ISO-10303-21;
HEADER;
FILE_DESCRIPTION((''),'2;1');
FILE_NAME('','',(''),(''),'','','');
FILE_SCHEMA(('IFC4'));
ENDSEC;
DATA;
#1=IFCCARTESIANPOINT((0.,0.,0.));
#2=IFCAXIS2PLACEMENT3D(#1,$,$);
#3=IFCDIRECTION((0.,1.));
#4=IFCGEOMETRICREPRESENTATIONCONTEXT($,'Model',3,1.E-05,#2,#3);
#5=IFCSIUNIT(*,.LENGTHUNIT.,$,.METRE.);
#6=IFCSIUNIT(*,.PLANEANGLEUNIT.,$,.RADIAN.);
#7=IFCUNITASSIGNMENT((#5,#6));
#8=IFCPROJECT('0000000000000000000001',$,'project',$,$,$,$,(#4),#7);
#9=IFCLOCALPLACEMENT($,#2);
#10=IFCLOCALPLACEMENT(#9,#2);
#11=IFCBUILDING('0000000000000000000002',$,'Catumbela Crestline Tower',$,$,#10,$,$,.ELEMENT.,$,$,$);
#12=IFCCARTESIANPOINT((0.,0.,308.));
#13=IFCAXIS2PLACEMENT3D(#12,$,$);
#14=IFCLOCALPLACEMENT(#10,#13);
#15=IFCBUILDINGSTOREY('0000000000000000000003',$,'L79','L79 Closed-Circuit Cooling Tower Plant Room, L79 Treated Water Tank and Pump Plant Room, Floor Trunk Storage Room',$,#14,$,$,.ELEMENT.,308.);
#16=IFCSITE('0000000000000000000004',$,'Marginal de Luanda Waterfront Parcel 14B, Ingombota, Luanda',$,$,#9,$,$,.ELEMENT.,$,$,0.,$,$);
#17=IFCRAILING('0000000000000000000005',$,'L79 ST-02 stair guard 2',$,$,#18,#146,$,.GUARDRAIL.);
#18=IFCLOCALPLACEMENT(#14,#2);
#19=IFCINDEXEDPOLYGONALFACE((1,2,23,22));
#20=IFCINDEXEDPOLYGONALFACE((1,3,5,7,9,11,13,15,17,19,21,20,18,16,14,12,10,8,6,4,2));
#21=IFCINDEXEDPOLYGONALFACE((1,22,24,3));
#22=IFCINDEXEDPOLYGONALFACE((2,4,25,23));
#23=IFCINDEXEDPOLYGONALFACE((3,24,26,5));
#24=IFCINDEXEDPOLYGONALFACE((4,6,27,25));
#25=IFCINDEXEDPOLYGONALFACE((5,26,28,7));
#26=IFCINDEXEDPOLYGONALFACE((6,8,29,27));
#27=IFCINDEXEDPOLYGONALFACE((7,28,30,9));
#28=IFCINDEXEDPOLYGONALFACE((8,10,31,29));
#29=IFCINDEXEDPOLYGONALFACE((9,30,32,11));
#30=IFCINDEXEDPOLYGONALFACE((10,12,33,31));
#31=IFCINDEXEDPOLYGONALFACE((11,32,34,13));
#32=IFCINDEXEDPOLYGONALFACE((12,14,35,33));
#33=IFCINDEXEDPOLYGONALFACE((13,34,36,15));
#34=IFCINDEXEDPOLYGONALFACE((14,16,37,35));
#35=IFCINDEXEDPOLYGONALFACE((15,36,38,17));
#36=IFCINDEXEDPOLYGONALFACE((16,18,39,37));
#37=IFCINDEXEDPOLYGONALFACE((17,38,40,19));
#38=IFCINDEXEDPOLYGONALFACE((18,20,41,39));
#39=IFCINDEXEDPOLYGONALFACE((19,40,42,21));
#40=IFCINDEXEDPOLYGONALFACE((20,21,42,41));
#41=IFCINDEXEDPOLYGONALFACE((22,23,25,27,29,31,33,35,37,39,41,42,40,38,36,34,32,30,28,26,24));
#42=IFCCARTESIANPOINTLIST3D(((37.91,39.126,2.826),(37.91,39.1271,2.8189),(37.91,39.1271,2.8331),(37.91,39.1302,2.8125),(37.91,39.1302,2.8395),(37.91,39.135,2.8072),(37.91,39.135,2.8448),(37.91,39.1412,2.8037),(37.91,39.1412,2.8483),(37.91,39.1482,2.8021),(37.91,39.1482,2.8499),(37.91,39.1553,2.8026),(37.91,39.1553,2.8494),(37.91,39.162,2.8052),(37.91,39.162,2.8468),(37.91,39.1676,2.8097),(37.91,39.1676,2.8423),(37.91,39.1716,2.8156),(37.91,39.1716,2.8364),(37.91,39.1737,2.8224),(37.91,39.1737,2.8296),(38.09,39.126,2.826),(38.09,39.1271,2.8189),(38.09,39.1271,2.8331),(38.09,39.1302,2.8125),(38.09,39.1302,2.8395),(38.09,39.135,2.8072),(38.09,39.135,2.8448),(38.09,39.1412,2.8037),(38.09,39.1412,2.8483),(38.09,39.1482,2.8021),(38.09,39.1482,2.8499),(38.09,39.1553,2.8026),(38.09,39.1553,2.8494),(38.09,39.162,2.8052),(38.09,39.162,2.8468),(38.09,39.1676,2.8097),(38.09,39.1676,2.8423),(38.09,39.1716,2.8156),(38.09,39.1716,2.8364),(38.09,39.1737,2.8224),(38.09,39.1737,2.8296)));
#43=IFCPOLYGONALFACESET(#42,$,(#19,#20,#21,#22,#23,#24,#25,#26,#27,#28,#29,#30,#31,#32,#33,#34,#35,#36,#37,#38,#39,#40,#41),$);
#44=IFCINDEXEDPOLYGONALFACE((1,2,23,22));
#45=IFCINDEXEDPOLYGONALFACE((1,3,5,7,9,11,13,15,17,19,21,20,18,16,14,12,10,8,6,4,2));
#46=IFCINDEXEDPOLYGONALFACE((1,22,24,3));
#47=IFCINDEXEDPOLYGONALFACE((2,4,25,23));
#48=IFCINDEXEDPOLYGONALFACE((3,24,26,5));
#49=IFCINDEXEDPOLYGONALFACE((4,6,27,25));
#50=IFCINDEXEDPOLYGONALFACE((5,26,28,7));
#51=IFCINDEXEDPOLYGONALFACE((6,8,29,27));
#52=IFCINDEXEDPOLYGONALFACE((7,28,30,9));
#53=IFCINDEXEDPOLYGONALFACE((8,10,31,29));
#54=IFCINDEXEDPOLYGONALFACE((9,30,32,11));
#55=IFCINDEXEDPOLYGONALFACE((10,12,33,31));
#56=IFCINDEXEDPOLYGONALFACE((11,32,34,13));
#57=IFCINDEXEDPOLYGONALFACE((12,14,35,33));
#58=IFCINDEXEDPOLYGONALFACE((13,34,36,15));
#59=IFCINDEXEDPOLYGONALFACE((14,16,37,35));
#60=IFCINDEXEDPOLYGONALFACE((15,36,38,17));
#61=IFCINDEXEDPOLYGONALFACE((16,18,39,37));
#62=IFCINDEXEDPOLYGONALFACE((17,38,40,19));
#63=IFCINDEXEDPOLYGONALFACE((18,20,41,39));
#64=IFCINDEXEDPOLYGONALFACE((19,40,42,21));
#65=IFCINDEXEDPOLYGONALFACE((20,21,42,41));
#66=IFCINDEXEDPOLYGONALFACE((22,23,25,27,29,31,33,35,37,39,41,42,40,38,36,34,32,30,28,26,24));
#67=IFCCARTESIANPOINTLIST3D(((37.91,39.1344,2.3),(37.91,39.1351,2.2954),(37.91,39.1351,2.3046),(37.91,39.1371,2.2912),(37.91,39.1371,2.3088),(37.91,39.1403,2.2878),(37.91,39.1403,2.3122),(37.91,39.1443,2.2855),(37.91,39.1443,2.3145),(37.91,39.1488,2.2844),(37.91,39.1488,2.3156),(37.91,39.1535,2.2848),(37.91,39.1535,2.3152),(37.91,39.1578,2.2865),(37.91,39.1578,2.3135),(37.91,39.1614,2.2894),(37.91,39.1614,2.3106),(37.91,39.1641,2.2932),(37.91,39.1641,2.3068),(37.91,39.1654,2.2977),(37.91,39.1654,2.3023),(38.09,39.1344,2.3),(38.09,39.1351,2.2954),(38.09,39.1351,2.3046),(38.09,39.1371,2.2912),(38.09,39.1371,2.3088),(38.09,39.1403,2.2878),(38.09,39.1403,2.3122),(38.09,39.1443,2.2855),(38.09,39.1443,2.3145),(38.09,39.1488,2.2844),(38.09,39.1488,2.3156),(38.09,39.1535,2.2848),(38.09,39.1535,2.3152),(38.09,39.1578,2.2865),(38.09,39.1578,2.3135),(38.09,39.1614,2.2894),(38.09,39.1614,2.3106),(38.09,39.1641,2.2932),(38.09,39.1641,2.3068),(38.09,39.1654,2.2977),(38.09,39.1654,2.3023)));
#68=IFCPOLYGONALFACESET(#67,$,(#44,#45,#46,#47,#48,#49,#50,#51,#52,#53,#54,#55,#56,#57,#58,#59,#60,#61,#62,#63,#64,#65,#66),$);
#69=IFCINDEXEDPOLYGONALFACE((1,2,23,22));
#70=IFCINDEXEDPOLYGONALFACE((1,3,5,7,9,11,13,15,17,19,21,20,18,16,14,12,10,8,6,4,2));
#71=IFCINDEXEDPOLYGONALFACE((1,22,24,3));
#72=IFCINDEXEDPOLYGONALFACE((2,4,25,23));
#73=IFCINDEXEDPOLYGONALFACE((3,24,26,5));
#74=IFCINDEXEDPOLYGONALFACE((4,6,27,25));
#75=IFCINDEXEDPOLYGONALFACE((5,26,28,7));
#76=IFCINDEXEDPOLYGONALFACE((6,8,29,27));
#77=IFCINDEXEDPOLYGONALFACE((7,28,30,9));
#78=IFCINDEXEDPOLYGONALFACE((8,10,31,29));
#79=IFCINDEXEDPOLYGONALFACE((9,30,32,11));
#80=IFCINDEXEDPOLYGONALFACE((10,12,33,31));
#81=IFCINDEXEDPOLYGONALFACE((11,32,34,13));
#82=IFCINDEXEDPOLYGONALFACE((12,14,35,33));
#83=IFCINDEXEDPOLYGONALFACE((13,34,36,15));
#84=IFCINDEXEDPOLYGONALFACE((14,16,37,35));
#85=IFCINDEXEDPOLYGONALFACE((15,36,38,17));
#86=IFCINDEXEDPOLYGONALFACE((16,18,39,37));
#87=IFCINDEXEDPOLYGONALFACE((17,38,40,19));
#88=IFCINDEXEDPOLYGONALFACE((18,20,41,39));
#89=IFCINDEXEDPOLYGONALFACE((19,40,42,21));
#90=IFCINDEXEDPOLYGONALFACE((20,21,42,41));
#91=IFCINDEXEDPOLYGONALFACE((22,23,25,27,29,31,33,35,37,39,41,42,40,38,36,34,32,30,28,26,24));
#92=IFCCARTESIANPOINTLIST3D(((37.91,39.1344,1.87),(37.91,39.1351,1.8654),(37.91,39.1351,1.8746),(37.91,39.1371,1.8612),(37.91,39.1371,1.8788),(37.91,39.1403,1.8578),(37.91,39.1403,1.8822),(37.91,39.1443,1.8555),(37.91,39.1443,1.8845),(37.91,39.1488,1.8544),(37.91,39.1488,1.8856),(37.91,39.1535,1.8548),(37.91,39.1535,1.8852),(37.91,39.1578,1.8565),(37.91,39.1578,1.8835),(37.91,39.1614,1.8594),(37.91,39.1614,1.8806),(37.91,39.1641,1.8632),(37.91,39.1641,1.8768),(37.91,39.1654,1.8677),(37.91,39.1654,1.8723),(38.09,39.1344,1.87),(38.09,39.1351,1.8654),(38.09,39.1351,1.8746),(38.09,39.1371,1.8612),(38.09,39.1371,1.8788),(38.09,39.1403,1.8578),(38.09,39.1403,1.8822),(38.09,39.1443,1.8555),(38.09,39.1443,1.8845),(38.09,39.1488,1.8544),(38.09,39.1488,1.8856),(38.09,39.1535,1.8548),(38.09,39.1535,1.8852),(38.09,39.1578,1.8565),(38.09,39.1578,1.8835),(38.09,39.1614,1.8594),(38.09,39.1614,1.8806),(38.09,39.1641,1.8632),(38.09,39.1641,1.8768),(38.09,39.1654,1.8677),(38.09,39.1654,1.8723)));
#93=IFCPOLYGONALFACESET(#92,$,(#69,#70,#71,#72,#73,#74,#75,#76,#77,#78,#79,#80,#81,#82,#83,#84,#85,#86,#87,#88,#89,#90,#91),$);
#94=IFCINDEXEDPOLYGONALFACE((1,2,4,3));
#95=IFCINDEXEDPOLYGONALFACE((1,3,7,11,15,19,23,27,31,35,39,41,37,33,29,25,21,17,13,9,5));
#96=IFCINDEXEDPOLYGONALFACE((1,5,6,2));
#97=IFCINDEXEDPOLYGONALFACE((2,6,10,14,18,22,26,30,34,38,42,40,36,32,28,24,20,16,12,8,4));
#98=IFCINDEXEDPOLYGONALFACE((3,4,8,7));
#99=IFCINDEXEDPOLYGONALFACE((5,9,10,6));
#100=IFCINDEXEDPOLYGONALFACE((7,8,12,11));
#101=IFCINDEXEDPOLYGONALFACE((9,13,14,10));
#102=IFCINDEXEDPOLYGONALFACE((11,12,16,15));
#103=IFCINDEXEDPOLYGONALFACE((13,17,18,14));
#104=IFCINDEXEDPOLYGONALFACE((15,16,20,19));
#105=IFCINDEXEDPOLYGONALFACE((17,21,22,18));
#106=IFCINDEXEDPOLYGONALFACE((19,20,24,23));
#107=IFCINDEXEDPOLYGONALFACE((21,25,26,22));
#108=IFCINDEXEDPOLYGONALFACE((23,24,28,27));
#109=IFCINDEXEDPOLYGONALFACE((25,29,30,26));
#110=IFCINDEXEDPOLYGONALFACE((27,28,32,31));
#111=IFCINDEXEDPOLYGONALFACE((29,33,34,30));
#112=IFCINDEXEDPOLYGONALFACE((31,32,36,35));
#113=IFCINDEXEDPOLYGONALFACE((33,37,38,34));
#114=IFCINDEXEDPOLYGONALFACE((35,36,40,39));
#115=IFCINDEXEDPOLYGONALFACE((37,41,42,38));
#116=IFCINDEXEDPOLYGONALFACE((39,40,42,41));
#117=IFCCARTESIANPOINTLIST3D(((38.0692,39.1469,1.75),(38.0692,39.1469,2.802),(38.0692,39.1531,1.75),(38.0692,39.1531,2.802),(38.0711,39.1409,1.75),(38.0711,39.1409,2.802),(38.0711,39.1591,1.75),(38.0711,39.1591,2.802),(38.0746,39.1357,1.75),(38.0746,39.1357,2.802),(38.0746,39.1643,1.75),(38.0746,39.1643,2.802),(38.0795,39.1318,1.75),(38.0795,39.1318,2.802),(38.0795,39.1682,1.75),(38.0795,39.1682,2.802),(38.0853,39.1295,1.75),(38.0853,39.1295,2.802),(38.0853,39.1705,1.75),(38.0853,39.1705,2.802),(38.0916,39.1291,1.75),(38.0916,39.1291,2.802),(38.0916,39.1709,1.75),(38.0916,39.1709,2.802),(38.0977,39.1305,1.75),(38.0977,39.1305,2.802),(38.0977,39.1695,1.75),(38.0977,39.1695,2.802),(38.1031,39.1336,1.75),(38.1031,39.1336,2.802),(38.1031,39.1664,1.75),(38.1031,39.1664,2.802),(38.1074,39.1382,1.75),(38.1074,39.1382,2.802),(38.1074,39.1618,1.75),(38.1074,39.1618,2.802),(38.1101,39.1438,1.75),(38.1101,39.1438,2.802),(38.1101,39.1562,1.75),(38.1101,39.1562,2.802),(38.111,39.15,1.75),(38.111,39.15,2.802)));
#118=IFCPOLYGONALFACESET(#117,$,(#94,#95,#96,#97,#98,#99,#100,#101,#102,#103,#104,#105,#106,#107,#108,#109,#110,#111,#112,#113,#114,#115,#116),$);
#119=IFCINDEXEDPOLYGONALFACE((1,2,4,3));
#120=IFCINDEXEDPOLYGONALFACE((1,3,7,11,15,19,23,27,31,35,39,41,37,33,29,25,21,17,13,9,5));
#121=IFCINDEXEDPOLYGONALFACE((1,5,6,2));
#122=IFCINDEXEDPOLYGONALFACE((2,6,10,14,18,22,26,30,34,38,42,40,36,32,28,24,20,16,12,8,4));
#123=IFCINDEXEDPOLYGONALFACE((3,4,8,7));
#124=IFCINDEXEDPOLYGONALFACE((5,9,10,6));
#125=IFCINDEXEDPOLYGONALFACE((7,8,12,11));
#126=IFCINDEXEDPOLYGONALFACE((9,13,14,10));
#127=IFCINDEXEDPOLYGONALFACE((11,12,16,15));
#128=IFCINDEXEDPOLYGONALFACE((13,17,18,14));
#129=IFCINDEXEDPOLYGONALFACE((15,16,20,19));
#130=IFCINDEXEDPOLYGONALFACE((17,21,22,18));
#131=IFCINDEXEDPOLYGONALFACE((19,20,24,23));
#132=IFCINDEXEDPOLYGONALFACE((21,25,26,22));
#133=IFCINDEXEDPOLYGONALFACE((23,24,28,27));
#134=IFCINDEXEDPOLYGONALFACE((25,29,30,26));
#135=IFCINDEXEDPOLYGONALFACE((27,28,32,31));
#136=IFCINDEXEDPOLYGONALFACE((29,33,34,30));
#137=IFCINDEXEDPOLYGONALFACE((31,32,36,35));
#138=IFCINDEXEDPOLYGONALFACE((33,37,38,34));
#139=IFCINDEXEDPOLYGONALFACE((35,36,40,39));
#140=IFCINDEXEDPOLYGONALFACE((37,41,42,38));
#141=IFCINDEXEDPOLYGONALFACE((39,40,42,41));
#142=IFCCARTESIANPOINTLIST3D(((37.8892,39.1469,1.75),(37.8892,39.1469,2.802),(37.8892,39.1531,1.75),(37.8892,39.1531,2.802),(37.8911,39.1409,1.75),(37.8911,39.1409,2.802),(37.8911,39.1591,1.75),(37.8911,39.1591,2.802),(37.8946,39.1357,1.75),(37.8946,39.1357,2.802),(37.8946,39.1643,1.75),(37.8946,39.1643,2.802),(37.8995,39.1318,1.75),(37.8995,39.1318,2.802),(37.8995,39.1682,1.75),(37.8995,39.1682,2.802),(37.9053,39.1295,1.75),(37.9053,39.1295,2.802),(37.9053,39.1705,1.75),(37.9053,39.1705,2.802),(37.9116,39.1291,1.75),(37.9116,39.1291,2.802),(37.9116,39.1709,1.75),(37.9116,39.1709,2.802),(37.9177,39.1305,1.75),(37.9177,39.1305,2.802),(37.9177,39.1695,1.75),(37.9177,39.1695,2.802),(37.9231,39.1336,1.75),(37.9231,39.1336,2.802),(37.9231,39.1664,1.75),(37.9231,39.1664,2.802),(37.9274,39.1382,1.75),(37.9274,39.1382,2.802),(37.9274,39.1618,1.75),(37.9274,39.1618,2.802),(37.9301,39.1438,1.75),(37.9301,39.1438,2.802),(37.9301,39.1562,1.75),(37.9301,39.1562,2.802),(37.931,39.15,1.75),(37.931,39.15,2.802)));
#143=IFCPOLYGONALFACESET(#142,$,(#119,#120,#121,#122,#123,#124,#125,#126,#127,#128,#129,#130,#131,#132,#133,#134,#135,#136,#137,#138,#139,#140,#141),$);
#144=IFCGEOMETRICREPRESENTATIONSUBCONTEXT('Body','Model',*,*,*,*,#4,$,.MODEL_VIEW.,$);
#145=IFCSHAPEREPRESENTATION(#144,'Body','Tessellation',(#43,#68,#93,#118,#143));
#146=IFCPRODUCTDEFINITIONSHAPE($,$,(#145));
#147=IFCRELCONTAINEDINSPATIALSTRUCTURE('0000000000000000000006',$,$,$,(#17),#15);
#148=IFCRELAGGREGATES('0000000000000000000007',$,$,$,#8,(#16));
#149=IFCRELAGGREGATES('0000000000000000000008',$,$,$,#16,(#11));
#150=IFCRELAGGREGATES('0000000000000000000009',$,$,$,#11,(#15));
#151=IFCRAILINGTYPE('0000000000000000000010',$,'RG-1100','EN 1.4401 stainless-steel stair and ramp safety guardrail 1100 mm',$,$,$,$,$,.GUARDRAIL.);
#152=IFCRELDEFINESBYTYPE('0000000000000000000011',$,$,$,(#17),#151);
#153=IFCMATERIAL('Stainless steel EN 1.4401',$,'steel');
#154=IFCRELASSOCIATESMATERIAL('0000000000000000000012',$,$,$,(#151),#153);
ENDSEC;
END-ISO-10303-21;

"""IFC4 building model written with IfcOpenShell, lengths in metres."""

from ifc_helpers import new_model, si_unit, direction, frame, origin, origin_2d, place, context, subcontext, project, spatial, circle, extrude, material, type_object, element, save


model = new_model("IFC4")

# Units and contexts
model_context = context("Model", 3, precision=1e-05, world=origin(), true_north=direction((0.0, 1.0)))
body_context = subcontext(model_context, "Body", "Model", "MODEL_VIEW")
ifc_project = project(units=[si_unit("LENGTHUNIT", "METRE"), si_unit("PLANEANGLEUNIT", "RADIAN")], contexts=[model_context])

# Site, building, storey
site_placement = place(None, origin())
site = spatial("IfcSite", under=ifc_project, at=site_placement, Name="Marginal de Luanda Waterfront Parcel 14B, Ingombota, Luanda", CompositionType="ELEMENT", RefElevation=0.0)
building_placement = place(site_placement, origin())
building = spatial("IfcBuilding", under=site, at=building_placement, Name="Catumbela Crestline Tower", CompositionType="ELEMENT")
storey_placement = place(building_placement, frame((0.0, 0.0, 308.0)))
storey = spatial("IfcBuildingStorey", under=building, at=storey_placement, Name="L79", Description="L79 Closed-Circuit Cooling Tower Plant Room, L79 Treated Water Tank and Pump Plant Room, Floor Trunk Storage Room", CompositionType="ELEMENT", Elevation=308.0)

# Railing
ifc_material_1 = material(Name="Stainless steel EN 1.4401", Category="steel")
railing_type_1 = type_object("IfcRailingType", Name="RG-1100", Description="EN 1.4401 stainless-steel stair and ramp safety guardrail 1100 mm", PredefinedType="GUARDRAIL", material=ifc_material_1)
railing_1_placement = place(storey_placement, frame((38.09, 39.15, 1.75)))
element("IfcRailing", 1, at=railing_1_placement, inside=storey, type_object=railing_type_1, Name="L79 ST-02 stair guard 2", PredefinedType="GUARDRAIL", context=body_context, shape_type="SweptSolid", body=[
    extrude(circle(Radius=0.024, at=origin_2d()), frame((0.0, 0.0, 1.076), z_axis=(-1.0, 0.0, 0.0), x_axis=(0.0, -1.0, 0.0)), (0.0, 0.0, 1.0), 0.18),
    extrude(circle(Radius=0.0156, at=origin_2d()), frame((0.0, 0.0, 0.55), z_axis=(-1.0, 0.0, 0.0), x_axis=(0.0, -1.0, 0.0)), (0.0, 0.0, 1.0), 0.18),
    extrude(circle(Radius=0.0156, at=origin_2d()), frame((0.0, 0.0, 0.12), z_axis=(-1.0, 0.0, 0.0), x_axis=(0.0, -1.0, 0.0)), (0.0, 0.0, 1.0), 0.18),
    extrude(circle(Radius=0.021, at=origin_2d()), origin(), (0.0, 0.0, 1.0), 1.052),
    extrude(circle(Radius=0.021, at=origin_2d()), frame((-0.18, 0.0, 0.0)), (0.0, 0.0, 1.0), 1.052),
])

save(model, "model.ifc")
